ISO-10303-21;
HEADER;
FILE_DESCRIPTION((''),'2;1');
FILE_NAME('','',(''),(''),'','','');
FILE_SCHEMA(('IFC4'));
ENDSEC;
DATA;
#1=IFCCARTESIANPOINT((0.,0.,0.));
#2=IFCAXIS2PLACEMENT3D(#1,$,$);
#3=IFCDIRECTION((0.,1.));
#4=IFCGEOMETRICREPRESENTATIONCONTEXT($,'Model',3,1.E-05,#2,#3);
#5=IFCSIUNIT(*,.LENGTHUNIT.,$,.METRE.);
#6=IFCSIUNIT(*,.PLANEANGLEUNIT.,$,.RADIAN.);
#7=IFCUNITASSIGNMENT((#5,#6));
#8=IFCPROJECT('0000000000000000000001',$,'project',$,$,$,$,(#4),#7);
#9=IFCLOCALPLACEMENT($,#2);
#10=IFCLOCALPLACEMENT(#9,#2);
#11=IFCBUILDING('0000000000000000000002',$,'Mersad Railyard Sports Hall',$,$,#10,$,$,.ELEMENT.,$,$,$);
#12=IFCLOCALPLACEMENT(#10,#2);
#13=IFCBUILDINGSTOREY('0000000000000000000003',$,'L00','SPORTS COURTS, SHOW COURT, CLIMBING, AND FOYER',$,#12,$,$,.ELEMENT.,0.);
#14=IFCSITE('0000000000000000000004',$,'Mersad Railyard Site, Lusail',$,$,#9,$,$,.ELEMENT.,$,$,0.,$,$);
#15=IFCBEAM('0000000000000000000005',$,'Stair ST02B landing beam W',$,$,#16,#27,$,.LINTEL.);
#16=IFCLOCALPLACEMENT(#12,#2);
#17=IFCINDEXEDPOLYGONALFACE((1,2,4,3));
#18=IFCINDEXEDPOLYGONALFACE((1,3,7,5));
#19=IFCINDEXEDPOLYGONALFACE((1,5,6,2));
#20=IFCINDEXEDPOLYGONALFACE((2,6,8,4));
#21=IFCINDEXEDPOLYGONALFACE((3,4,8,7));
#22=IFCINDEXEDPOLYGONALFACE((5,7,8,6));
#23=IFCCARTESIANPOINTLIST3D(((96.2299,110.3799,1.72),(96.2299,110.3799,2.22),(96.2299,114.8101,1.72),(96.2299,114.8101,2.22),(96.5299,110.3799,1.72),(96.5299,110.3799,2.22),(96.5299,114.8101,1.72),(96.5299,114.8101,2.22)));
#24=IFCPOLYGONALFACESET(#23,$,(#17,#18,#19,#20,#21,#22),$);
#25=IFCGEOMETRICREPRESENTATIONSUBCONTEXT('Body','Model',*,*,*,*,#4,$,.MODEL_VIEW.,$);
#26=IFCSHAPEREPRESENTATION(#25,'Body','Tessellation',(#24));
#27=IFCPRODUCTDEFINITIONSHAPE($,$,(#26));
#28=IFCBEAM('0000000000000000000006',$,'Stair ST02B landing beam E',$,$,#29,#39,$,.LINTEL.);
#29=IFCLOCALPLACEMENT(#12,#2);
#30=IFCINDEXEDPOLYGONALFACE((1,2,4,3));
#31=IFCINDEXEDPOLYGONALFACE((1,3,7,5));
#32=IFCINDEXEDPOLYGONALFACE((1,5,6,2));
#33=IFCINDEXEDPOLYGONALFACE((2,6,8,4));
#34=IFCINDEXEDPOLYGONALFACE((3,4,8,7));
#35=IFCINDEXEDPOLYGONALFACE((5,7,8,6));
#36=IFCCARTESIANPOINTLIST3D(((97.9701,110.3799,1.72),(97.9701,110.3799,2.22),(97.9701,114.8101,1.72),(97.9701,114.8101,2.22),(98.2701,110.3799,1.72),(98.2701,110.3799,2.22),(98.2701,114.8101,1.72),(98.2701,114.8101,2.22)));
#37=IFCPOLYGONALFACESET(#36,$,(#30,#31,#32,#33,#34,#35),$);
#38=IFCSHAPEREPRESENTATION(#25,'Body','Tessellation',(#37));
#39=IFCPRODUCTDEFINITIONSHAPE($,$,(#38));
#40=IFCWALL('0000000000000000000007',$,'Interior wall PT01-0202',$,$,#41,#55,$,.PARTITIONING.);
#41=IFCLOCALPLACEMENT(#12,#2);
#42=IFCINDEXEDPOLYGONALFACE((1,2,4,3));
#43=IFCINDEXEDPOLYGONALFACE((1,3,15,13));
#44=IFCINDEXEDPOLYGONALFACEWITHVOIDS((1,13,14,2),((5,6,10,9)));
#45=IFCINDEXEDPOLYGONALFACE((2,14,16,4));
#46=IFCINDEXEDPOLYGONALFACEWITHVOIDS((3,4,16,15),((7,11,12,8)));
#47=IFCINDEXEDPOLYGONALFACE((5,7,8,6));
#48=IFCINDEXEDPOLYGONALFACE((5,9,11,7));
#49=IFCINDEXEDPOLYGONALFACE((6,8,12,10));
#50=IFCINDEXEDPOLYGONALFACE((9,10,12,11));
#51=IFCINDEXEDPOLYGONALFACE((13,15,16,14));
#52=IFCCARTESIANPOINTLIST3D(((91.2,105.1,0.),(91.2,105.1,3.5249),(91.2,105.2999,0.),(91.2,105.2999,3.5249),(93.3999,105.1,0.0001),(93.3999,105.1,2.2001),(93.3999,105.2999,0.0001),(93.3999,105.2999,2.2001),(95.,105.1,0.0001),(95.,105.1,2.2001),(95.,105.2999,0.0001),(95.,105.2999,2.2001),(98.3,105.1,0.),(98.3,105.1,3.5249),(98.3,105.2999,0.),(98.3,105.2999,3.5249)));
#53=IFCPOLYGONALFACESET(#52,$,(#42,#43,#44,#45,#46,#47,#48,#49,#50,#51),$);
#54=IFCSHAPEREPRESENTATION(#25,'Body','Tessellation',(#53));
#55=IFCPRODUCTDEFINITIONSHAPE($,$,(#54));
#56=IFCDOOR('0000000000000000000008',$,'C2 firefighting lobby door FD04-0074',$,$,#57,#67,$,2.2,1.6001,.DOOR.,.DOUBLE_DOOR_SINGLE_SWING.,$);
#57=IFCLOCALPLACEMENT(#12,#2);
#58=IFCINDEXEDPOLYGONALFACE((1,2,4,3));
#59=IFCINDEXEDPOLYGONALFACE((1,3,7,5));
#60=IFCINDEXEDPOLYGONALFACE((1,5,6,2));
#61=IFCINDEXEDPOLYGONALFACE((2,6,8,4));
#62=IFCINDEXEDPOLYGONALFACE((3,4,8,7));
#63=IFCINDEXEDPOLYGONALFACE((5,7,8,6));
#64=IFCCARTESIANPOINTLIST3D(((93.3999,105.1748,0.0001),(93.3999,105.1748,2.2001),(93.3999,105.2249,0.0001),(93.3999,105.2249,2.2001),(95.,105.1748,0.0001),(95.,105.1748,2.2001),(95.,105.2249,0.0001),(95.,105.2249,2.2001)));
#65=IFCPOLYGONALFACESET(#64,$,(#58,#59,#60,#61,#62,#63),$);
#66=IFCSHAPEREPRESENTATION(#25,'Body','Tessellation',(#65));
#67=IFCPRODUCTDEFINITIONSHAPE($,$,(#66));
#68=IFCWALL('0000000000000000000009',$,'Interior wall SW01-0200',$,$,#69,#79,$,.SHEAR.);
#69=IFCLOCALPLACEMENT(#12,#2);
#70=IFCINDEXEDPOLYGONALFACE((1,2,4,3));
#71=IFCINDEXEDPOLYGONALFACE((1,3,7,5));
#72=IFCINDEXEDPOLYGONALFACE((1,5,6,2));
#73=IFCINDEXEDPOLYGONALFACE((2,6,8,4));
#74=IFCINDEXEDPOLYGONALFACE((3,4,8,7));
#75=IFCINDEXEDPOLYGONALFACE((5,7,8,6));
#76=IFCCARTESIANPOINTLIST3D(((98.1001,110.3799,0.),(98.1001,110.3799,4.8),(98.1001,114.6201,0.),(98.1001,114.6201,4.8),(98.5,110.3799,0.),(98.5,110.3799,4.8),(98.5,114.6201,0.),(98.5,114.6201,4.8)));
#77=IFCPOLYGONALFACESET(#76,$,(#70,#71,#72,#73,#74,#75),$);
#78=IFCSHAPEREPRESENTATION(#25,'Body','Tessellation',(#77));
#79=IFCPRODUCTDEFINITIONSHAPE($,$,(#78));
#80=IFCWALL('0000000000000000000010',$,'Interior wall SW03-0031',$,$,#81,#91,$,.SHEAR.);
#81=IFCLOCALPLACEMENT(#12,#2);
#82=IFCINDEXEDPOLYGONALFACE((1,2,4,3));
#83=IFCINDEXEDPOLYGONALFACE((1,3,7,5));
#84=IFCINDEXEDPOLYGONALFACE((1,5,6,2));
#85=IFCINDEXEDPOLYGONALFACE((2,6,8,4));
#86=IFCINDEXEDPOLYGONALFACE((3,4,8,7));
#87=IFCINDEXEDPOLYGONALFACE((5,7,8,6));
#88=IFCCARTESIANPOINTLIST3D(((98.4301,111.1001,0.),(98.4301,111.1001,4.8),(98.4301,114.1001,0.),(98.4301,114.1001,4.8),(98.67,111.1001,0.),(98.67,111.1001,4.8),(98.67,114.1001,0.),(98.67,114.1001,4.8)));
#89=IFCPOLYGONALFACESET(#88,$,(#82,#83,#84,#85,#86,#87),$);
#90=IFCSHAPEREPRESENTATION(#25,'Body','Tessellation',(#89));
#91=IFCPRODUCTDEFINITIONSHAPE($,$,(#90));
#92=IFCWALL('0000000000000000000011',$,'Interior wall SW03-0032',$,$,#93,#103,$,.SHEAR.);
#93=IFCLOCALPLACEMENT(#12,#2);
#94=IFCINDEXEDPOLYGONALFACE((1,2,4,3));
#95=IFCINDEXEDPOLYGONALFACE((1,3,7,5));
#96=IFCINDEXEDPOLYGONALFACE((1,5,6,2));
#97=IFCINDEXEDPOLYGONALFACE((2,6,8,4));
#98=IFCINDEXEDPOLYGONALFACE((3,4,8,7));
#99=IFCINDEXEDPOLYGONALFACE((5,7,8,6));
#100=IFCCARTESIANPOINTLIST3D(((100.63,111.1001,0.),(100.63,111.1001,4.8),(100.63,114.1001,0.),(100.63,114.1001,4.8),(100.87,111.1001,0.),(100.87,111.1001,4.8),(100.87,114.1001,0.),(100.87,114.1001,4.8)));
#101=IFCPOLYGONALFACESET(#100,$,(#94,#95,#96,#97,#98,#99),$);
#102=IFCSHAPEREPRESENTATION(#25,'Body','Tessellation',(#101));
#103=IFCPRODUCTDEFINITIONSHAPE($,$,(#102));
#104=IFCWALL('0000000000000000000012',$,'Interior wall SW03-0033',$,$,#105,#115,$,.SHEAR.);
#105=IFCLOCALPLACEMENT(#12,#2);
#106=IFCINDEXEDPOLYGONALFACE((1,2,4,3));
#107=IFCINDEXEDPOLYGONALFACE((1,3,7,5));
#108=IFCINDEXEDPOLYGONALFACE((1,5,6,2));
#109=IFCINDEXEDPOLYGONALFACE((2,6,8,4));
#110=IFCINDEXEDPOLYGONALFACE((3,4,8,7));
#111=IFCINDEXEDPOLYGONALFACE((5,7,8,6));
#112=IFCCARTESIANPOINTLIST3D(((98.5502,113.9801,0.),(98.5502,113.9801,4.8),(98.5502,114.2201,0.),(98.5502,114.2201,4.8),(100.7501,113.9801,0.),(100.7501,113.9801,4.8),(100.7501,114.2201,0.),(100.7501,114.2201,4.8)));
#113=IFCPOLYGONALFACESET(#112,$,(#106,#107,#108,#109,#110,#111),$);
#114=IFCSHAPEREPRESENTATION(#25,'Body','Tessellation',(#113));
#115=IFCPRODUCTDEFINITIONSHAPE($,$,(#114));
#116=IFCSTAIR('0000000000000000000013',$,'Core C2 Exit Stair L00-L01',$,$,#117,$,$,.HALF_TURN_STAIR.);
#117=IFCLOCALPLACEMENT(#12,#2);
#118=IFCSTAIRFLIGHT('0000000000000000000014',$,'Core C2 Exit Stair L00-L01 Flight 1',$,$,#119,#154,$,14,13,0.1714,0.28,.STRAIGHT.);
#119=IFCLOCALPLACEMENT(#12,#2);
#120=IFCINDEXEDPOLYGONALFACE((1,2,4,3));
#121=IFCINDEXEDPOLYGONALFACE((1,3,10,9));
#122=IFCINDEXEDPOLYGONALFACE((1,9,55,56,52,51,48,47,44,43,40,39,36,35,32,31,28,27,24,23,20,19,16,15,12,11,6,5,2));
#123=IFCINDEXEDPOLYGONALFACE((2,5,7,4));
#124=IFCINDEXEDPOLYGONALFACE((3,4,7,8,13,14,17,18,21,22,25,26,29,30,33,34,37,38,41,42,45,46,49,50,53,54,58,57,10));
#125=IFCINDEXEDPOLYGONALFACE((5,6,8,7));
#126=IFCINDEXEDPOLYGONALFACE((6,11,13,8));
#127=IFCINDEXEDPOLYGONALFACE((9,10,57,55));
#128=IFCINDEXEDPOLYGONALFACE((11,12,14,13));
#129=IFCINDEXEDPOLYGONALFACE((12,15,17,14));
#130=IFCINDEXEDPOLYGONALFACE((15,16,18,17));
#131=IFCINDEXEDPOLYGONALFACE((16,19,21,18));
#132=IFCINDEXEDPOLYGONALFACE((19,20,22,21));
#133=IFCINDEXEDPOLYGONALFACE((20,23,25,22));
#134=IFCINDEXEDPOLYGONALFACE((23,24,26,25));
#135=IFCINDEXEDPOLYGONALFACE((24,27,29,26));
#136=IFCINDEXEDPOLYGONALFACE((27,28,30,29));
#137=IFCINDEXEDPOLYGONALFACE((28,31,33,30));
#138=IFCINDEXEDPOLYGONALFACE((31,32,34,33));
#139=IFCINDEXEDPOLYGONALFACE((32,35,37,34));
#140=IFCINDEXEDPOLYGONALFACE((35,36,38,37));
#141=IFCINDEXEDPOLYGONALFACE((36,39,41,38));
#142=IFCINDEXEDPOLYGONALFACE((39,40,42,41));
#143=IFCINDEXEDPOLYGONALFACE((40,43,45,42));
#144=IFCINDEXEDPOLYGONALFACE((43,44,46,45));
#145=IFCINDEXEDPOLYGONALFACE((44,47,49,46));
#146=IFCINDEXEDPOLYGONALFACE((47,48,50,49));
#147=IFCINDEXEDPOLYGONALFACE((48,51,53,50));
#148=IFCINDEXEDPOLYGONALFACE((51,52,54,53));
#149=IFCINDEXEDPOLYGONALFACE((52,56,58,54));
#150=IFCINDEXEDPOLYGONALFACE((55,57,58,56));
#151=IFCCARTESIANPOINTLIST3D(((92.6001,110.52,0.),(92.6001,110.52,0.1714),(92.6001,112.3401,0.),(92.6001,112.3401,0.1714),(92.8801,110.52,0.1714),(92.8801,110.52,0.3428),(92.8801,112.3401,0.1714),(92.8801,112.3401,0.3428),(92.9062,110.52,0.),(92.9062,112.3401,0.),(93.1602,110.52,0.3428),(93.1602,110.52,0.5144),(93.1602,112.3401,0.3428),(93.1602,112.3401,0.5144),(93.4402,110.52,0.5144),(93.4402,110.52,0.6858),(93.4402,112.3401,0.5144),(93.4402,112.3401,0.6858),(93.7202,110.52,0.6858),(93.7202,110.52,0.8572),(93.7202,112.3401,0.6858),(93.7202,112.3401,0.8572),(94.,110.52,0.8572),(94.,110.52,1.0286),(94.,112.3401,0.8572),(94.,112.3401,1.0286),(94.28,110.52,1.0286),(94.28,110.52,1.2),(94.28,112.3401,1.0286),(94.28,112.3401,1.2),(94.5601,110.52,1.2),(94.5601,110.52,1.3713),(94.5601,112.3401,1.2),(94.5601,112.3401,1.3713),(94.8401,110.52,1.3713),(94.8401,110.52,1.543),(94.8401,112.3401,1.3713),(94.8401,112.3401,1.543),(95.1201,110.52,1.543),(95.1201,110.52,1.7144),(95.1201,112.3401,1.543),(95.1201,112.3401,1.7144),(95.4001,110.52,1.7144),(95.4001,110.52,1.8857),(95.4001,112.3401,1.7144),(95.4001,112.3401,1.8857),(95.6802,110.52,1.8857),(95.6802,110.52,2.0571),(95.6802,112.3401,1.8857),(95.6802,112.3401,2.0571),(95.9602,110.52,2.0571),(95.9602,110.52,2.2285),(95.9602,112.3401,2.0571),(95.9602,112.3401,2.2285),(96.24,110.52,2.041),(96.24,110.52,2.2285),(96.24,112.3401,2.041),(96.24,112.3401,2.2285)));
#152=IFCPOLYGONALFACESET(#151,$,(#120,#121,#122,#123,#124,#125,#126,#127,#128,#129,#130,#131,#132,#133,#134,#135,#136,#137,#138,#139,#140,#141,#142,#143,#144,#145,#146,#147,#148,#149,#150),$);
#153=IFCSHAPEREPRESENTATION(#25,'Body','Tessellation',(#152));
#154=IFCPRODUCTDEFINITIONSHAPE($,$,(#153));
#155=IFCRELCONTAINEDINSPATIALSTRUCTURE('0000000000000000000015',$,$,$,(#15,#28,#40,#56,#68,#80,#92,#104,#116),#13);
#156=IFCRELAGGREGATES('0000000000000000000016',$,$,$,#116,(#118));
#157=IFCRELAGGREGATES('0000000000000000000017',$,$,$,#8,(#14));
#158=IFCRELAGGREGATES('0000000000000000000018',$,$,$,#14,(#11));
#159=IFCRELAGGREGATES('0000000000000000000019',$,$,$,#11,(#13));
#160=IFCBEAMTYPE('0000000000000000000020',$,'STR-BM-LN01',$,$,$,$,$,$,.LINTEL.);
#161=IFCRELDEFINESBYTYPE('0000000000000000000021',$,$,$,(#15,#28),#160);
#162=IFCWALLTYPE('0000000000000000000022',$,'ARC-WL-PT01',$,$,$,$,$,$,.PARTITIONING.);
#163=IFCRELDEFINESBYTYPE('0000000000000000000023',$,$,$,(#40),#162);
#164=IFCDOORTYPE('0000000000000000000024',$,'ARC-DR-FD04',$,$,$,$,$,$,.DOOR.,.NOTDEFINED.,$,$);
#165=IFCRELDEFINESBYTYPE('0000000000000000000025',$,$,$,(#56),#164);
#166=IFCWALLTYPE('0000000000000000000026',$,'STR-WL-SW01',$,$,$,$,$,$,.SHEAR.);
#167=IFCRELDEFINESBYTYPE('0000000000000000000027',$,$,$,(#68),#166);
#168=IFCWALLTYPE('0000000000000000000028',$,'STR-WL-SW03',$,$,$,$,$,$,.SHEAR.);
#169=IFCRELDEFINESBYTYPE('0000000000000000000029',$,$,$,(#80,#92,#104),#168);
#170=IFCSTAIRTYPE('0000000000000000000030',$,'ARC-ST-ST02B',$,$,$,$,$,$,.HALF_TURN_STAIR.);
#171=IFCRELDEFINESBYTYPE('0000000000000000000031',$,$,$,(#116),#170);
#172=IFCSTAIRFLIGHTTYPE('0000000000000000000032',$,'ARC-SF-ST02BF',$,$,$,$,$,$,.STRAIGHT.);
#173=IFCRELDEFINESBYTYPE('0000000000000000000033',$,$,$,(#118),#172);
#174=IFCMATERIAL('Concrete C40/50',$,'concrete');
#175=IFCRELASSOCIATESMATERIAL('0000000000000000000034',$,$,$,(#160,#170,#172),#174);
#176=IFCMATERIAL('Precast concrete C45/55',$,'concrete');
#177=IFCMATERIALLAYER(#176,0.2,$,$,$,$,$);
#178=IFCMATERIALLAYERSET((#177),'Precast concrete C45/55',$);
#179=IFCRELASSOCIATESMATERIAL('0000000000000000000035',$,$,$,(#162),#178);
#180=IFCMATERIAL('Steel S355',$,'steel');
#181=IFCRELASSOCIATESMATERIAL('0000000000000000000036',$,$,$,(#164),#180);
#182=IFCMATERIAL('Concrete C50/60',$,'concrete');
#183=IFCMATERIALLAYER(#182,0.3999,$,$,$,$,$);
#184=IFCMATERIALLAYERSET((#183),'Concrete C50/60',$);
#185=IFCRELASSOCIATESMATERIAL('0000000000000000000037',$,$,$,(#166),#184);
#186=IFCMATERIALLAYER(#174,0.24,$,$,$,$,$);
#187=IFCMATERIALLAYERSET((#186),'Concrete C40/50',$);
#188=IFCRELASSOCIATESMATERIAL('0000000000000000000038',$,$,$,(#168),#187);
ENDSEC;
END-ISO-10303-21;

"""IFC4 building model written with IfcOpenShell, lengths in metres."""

from ifc_helpers import new_model, si_unit, direction, frame, frame_2d, origin, origin_2d, place, context, subcontext, project, spatial, polyline, rectangle, outline, extrude, material, layer, layer_set, material_profile, profile_set, type_object, element, fill, aggregate, save


model = new_model("IFC4")

# Units and contexts
model_context = context("Model", 3, precision=1e-05, world=origin(), true_north=direction((0.0, 1.0)))
body_context = subcontext(model_context, "Body", "Model", "MODEL_VIEW")
ifc_project = project(units=[si_unit("LENGTHUNIT", "METRE"), si_unit("PLANEANGLEUNIT", "RADIAN")], contexts=[model_context])

# Site, building, storey
site_placement = place(None, origin())
site = spatial("IfcSite", under=ifc_project, at=site_placement, Name="Mersad Railyard Site, Lusail", CompositionType="ELEMENT", RefElevation=0.0)
building_placement = place(site_placement, origin())
building = spatial("IfcBuilding", under=site, at=building_placement, Name="Mersad Railyard Sports Hall", CompositionType="ELEMENT")
storey_placement = place(building_placement, origin())
storey = spatial("IfcBuildingStorey", under=building, at=storey_placement, Name="L00", Description="SPORTS COURTS, SHOW COURT, CLIMBING, AND FOYER", CompositionType="ELEMENT", Elevation=0.0)

# Beams
ifc_material_1 = material(Name="Concrete C40/50", Category="concrete")
ifc_material_profile = material_profile(ifc_material_1, rectangle(XDim=0.3, YDim=0.5, at=origin_2d()), Name="RC 300x500")
ifc_profile_set = profile_set([ifc_material_profile], Name="Concrete C40/50")
beam_type = type_object("IfcBeamType", Name="STR-BM-LN01", PredefinedType="LINTEL", material=ifc_profile_set)
for number, where, z_axis, x_axis, name in (
    (1, (96.3799, 110.3799, 1.97), (0.0, 1.0, 0.0), (-1.0, 0.0, 0.0), "Stair ST02B landing beam W"),
    (2, (98.1201, 110.3799, 1.97), (0.0, 1.0, 0.0), (-1.0, 0.0, 0.0), "Stair ST02B landing beam E"),
):
    element("IfcBeam", number, at=place(storey_placement, frame(where, z_axis=z_axis, x_axis=x_axis)), inside=storey, type_object=beam_type, Name=name, PredefinedType="LINTEL", context=body_context, shape_type="SweptSolid", body=[
        extrude(rectangle(XDim=0.3, YDim=0.5, at=origin_2d()), origin(), (0.0, 0.0, 1.0), 4.4302),
    ])

# Wall, opening, door
ifc_material_2 = material(Name="Precast concrete C45/55", Category="concrete")
ifc_layer_1 = layer(ifc_material_2, 0.2)
ifc_layer_set_1 = layer_set([ifc_layer_1], Name="Precast concrete C45/55")
wall_type_1 = type_object("IfcWallType", Name="ARC-WL-PT01", PredefinedType="PARTITIONING", material=ifc_layer_set_1)
wall_1_placement = place(storey_placement, frame((91.2, 105.2, 0.0), z_axis=(0.0, 0.0, 1.0), x_axis=(1.0, 0.0, 0.0)))
wall_1 = element("IfcWall", 3, at=wall_1_placement, inside=storey, type_object=wall_type_1, Name="Interior wall PT01-0202", PredefinedType="PARTITIONING", context=body_context, shape_type="SweptSolid", body=[
    extrude(rectangle(XDim=7.1001, YDim=0.2, at=frame_2d((3.55, 0.0))), origin(), (0.0, 0.0, 1.0), 3.5249),
])
opening_1_placement = place(wall_1_placement, frame((2.2, 0.0, 0.0)))
opening_1 = element("IfcOpeningElement", 4, at=opening_1_placement, cuts=wall_1, PredefinedType="OPENING", context=body_context, shape_type="SweptSolid", body=[
    extrude(rectangle(XDim=1.6001, YDim=2.2, at=frame_2d((0.8, 1.1001))), frame((0.0, 0.1099, 0.0), z_axis=(0.0, -1.0, 0.0), x_axis=(1.0, 0.0, 0.0)), (0.0, 0.0, 1.0), 0.22),
])
ifc_material_3 = material(Name="Steel S355", Category="steel")
door_type_1 = type_object("IfcDoorType", Name="ARC-DR-FD04", OperationType="NOTDEFINED", PredefinedType="DOOR", material=ifc_material_3)
door_1_placement = place(opening_1_placement, origin())
door_1 = element("IfcDoor", 5, at=door_1_placement, inside=storey, type_object=door_type_1, Name="C2 firefighting lobby door FD04-0074", OperationType="DOUBLE_DOOR_SINGLE_SWING", OverallHeight=2.2, OverallWidth=1.6001, PredefinedType="DOOR", context=body_context, shape_type="SweptSolid", body=[
    extrude(rectangle(XDim=1.6001, YDim=2.2, at=frame_2d((0.8, 1.1001))), frame((0.0, 0.0249, 0.0), z_axis=(0.0, -1.0, 0.0), x_axis=(1.0, 0.0, 0.0)), (0.0, 0.0, 1.0), 0.05),
])
fill(opening_1, door_1)
ifc_material_4 = material(Name="Concrete C50/60", Category="concrete")
ifc_layer_2 = layer(ifc_material_4, 0.3999)
ifc_layer_set_2 = layer_set([ifc_layer_2], Name="Concrete C50/60")
wall_type_2 = type_object("IfcWallType", Name="STR-WL-SW01", PredefinedType="SHEAR", material=ifc_layer_set_2)

# Walls
wall_2_placement = place(storey_placement, frame((98.3, 110.3799, 0.0), z_axis=(0.0, 0.0, 1.0), x_axis=(0.0, 1.0, 0.0)))
element("IfcWall", 6, at=wall_2_placement, inside=storey, type_object=wall_type_2, Name="Interior wall SW01-0200", PredefinedType="SHEAR", context=body_context, shape_type="SweptSolid", body=[
    extrude(rectangle(XDim=4.2402, YDim=0.3999, at=frame_2d((2.1201, 0.0))), origin(), (0.0, 0.0, 1.0), 4.8),
])
ifc_layer_3 = layer(ifc_material_1, 0.24)
ifc_layer_set_3 = layer_set([ifc_layer_3], Name="Concrete C40/50")
wall_type_3 = type_object("IfcWallType", Name="STR-WL-SW03", PredefinedType="SHEAR", material=ifc_layer_set_3)
for number, where, z_axis, x_axis, name in (
    (7, (98.55, 111.1001, 0.0), (0.0, 0.0, 1.0), (0.0, 1.0, 0.0), "Interior wall SW03-0031"),
    (8, (100.75, 114.1001, 0.0), (0.0, 0.0, 1.0), (0.0, -1.0, 0.0), "Interior wall SW03-0032"),
):
    element("IfcWall", number, at=place(storey_placement, frame(where, z_axis=z_axis, x_axis=x_axis)), inside=storey, type_object=wall_type_3, Name=name, PredefinedType="SHEAR", context=body_context, shape_type="SweptSolid", body=[
        extrude(rectangle(XDim=3.0, YDim=0.24, at=frame_2d((1.5, 0.0))), origin(), (0.0, 0.0, 1.0), 4.8),
    ])
wall_3_placement = place(storey_placement, frame((98.55, 114.1001, 0.0), z_axis=(0.0, 0.0, 1.0), x_axis=(1.0, 0.0, 0.0)))
element("IfcWall", 9, at=wall_3_placement, inside=storey, type_object=wall_type_3, Name="Interior wall SW03-0033", PredefinedType="SHEAR", context=body_context, shape_type="SweptSolid", body=[
    extrude(rectangle(XDim=2.2, YDim=0.24, at=frame_2d((1.1001, 0.0))), origin(), (0.0, 0.0, 1.0), 4.8),
])

# Stair, stair flight
stair_type = type_object("IfcStairType", Name="ARC-ST-ST02B", PredefinedType="HALF_TURN_STAIR", material=ifc_material_1)
stair_placement = place(storey_placement, origin())
stair = element("IfcStair", 10, at=stair_placement, inside=storey, type_object=stair_type, Name="Core C2 Exit Stair L00-L01", PredefinedType="HALF_TURN_STAIR")
stair_flight_type = type_object("IfcStairFlightType", Name="ARC-SF-ST02BF", PredefinedType="STRAIGHT", material=ifc_material_1)
stair_flight_1_placement = place(storey_placement, frame((92.6001, 111.4299, 0.0), z_axis=(0.0, 0.0, 1.0), x_axis=(1.0, 0.0, 0.0)))
stair_flight_1 = element("IfcStairFlight", 11, at=stair_flight_1_placement, type_object=stair_flight_type, Name="Core C2 Exit Stair L00-L01 Flight 1", NumberOfRisers=14, NumberOfTreads=13, PredefinedType="STRAIGHT", RiserHeight=0.1714, TreadLength=0.28, context=body_context, shape_type="SweptSolid", body=[
    extrude(outline(polyline([(0.0, 0.0), (0.0, 0.1714), (0.28, 0.1714), (0.28, 0.3428), (0.5601, 0.3428), (0.5601, 0.5144), (0.8401, 0.5144), (0.8401, 0.6858), (1.1201, 0.6858), (1.1201, 0.8572), (1.3999, 0.8572), (1.3999, 1.0286), (1.6799, 1.0286), (1.6799, 1.2), (1.96, 1.2), (1.96, 1.3713), (2.24, 1.3713), (2.24, 1.543), (2.52, 1.543), (2.52, 1.7144), (2.8, 1.7144), (2.8, 1.8857), (3.0801, 1.8857), (3.0801, 2.0571), (3.3601, 2.0571), (3.3601, 2.2285), (3.6399, 2.2285), (3.6399, 2.3999), (3.6399, 2.041), (0.3062, 0.0), (0.0, 0.0)])), frame((0.0, 0.9102, 0.0), z_axis=(0.0, -1.0, 0.0), x_axis=(1.0, 0.0, 0.0)), (0.0, 0.0, 1.0), 1.8201),
])
aggregate(stair, [stair_flight_1])

save(model, "model.ifc")
